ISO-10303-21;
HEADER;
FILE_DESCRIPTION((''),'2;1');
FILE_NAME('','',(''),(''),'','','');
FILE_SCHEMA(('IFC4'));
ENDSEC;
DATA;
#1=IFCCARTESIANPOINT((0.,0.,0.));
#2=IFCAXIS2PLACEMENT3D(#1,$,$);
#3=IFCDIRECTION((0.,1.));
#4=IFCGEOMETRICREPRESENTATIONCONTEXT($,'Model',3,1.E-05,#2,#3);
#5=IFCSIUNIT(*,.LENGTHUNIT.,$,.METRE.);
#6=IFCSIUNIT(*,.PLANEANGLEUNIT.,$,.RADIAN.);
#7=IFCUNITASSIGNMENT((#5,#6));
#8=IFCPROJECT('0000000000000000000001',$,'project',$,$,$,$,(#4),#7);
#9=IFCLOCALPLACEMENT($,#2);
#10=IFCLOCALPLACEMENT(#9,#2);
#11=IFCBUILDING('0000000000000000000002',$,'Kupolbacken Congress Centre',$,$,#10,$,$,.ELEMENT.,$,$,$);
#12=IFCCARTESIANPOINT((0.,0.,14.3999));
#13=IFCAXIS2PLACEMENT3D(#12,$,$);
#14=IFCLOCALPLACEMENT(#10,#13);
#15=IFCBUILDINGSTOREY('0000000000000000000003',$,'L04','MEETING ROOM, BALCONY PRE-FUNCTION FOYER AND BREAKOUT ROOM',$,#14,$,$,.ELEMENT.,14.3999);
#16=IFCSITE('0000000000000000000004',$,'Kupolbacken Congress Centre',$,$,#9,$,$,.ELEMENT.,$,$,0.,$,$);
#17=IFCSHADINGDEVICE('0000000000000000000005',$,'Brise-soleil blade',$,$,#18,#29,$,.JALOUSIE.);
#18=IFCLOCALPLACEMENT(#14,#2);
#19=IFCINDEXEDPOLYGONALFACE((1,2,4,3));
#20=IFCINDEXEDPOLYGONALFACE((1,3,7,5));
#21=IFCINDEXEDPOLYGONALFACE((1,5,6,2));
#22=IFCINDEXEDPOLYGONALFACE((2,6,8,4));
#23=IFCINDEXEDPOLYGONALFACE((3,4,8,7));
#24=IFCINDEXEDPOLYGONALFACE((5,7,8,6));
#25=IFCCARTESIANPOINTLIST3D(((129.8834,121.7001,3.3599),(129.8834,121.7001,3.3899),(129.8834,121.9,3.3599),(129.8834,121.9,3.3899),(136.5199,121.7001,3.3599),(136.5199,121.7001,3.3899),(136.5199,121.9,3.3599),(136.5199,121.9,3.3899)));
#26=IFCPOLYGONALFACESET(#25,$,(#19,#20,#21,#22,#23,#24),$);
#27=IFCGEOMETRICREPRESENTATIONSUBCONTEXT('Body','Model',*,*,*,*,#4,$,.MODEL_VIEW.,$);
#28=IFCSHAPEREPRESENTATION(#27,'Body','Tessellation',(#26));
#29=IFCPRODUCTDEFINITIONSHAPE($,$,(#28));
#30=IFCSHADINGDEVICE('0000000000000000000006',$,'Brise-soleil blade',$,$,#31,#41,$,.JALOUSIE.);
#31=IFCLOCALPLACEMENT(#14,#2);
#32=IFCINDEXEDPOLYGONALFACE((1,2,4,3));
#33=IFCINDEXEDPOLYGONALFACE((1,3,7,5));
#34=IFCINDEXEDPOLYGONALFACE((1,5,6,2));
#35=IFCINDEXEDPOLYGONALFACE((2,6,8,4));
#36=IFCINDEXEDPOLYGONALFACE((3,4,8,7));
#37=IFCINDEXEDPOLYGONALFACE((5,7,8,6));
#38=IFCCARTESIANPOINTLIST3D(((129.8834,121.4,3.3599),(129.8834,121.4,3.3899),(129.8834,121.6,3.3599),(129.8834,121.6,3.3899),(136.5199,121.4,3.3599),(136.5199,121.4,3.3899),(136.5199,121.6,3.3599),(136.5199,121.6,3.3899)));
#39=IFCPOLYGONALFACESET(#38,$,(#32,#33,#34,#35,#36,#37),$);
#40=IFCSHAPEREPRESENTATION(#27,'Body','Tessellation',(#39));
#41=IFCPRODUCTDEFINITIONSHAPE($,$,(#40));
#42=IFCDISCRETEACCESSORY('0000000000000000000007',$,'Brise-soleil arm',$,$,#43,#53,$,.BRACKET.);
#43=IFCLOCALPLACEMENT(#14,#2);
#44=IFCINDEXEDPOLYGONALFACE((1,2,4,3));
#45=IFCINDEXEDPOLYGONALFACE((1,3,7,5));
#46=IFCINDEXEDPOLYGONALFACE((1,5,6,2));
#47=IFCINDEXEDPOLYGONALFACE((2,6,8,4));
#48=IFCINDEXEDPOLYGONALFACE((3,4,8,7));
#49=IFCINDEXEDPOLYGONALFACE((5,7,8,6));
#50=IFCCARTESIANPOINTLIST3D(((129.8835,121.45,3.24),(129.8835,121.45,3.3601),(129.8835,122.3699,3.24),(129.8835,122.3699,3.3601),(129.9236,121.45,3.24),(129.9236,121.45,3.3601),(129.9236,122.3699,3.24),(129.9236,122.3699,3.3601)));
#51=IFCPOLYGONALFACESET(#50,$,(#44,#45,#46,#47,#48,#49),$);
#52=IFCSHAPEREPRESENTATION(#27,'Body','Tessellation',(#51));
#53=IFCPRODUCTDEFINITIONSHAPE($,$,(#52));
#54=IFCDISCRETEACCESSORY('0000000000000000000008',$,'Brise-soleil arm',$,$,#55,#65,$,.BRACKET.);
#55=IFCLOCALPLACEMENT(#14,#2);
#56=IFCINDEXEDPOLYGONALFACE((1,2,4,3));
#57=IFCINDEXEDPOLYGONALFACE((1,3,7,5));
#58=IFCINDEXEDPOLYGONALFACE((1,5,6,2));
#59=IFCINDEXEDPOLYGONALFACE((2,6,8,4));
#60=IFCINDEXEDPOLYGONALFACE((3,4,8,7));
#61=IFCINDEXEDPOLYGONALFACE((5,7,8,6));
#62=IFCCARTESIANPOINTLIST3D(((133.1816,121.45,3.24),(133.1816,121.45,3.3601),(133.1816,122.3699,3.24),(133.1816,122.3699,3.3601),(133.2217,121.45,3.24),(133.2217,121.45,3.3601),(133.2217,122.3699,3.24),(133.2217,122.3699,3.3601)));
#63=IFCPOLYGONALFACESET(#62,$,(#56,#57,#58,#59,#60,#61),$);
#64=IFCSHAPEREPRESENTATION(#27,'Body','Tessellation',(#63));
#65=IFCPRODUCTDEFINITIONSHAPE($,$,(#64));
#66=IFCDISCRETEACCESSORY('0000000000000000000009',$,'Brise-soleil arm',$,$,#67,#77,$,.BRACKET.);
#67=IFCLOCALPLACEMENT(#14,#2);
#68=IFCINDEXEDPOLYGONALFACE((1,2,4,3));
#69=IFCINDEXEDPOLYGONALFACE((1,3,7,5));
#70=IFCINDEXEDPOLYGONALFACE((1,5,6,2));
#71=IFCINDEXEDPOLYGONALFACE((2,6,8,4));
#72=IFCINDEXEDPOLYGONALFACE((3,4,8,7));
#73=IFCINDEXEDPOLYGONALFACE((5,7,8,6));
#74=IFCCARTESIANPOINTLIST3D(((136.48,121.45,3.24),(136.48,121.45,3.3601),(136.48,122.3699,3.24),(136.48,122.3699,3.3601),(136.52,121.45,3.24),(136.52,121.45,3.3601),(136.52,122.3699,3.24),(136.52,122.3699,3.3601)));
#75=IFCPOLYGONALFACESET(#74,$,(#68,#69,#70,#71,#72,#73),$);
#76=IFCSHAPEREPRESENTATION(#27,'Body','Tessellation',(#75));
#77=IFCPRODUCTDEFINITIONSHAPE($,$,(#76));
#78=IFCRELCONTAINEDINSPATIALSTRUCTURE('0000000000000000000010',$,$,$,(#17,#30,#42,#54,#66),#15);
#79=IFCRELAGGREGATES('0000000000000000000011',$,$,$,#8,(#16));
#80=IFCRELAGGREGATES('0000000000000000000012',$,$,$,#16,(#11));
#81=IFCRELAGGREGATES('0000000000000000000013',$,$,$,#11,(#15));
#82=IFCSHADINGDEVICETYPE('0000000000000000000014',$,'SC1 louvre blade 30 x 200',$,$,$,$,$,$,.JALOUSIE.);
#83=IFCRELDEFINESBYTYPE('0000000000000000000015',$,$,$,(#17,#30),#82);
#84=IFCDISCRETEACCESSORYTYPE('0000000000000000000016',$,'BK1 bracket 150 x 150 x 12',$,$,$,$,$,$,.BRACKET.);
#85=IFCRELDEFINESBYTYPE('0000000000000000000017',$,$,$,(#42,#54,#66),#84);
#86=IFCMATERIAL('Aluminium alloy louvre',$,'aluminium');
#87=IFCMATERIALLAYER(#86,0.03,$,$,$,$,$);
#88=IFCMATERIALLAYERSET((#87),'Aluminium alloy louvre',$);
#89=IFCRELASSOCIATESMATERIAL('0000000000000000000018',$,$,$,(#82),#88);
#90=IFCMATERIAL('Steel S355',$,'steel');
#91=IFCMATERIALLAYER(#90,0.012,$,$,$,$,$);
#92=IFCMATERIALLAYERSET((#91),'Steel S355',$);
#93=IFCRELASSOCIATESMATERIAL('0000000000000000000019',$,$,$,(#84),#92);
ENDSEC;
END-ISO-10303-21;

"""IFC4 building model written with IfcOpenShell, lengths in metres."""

from ifc_helpers import new_model, si_unit, direction, frame, origin, origin_2d, place, context, subcontext, project, spatial, rectangle, extrude, material, layer, layer_set, type_object, element, save


model = new_model("IFC4")

# Units and contexts
model_context = context("Model", 3, precision=1e-05, world=origin(), true_north=direction((0.0, 1.0)))
body_context = subcontext(model_context, "Body", "Model", "MODEL_VIEW")
ifc_project = project(units=[si_unit("LENGTHUNIT", "METRE"), si_unit("PLANEANGLEUNIT", "RADIAN")], contexts=[model_context])

# Site, building, storey
site_placement = place(None, origin())
site = spatial("IfcSite", under=ifc_project, at=site_placement, Name="Kupolbacken Congress Centre", CompositionType="ELEMENT", RefElevation=0.0)
building_placement = place(site_placement, origin())
building = spatial("IfcBuilding", under=site, at=building_placement, Name="Kupolbacken Congress Centre", CompositionType="ELEMENT")
storey_placement = place(building_placement, frame((0.0, 0.0, 14.3999)))
storey = spatial("IfcBuildingStorey", under=building, at=storey_placement, Name="L04", Description="MEETING ROOM, BALCONY PRE-FUNCTION FOYER AND BREAKOUT ROOM", CompositionType="ELEMENT", Elevation=14.3999)

# Shading devices
ifc_material_1 = material(Name="Aluminium alloy louvre", Category="aluminium")
ifc_layer_1 = layer(ifc_material_1, 0.03)
ifc_layer_set_1 = layer_set([ifc_layer_1], Name="Aluminium alloy louvre")
shading_device_type = type_object("IfcShadingDeviceType", Name="SC1 louvre blade 30 x 200", PredefinedType="JALOUSIE", material=ifc_layer_set_1)
for number, where, z_axis, x_axis, name in (
    (1, (133.2017, 121.8, 3.3599), (0.0, 0.0, 1.0), (1.0, 0.0, 0.0), "Brise-soleil blade"),
    (2, (133.2017, 121.5, 3.3599), (0.0, 0.0, 1.0), (1.0, 0.0, 0.0), "Brise-soleil blade"),
):
    element("IfcShadingDevice", number, at=place(storey_placement, frame(where, z_axis=z_axis, x_axis=x_axis)), inside=storey, type_object=shading_device_type, Name=name, PredefinedType="JALOUSIE", context=body_context, shape_type="SweptSolid", body=[
        extrude(rectangle(XDim=6.6365, YDim=0.2, at=origin_2d()), origin(), (0.0, 0.0, 1.0), 0.03),
    ])

# Discrete accessories
ifc_material_2 = material(Name="Steel S355", Category="steel")
ifc_layer_2 = layer(ifc_material_2, 0.012)
ifc_layer_set_2 = layer_set([ifc_layer_2], Name="Steel S355")
discrete_accessory_type = type_object("IfcDiscreteAccessoryType", Name="BK1 bracket 150 x 150 x 12", PredefinedType="BRACKET", material=ifc_layer_set_2)
for number, where, z_axis, x_axis, name in (
    (3, (129.9036, 121.9099, 3.24), (0.0, 0.0, 1.0), (1.0, 0.0, 0.0), "Brise-soleil arm"),
    (4, (133.2017, 121.9099, 3.24), (0.0, 0.0, 1.0), (1.0, 0.0, 0.0), "Brise-soleil arm"),
    (5, (136.5, 121.9099, 3.24), (0.0, 0.0, 1.0), (1.0, 0.0, 0.0), "Brise-soleil arm"),
):
    element("IfcDiscreteAccessory", number, at=place(storey_placement, frame(where, z_axis=z_axis, x_axis=x_axis)), inside=storey, type_object=discrete_accessory_type, Name=name, PredefinedType="BRACKET", context=body_context, shape_type="SweptSolid", body=[
        extrude(rectangle(XDim=0.04, YDim=0.9199, at=origin_2d()), origin(), (0.0, 0.0, 1.0), 0.1201),
    ])

save(model, "model.ifc")
